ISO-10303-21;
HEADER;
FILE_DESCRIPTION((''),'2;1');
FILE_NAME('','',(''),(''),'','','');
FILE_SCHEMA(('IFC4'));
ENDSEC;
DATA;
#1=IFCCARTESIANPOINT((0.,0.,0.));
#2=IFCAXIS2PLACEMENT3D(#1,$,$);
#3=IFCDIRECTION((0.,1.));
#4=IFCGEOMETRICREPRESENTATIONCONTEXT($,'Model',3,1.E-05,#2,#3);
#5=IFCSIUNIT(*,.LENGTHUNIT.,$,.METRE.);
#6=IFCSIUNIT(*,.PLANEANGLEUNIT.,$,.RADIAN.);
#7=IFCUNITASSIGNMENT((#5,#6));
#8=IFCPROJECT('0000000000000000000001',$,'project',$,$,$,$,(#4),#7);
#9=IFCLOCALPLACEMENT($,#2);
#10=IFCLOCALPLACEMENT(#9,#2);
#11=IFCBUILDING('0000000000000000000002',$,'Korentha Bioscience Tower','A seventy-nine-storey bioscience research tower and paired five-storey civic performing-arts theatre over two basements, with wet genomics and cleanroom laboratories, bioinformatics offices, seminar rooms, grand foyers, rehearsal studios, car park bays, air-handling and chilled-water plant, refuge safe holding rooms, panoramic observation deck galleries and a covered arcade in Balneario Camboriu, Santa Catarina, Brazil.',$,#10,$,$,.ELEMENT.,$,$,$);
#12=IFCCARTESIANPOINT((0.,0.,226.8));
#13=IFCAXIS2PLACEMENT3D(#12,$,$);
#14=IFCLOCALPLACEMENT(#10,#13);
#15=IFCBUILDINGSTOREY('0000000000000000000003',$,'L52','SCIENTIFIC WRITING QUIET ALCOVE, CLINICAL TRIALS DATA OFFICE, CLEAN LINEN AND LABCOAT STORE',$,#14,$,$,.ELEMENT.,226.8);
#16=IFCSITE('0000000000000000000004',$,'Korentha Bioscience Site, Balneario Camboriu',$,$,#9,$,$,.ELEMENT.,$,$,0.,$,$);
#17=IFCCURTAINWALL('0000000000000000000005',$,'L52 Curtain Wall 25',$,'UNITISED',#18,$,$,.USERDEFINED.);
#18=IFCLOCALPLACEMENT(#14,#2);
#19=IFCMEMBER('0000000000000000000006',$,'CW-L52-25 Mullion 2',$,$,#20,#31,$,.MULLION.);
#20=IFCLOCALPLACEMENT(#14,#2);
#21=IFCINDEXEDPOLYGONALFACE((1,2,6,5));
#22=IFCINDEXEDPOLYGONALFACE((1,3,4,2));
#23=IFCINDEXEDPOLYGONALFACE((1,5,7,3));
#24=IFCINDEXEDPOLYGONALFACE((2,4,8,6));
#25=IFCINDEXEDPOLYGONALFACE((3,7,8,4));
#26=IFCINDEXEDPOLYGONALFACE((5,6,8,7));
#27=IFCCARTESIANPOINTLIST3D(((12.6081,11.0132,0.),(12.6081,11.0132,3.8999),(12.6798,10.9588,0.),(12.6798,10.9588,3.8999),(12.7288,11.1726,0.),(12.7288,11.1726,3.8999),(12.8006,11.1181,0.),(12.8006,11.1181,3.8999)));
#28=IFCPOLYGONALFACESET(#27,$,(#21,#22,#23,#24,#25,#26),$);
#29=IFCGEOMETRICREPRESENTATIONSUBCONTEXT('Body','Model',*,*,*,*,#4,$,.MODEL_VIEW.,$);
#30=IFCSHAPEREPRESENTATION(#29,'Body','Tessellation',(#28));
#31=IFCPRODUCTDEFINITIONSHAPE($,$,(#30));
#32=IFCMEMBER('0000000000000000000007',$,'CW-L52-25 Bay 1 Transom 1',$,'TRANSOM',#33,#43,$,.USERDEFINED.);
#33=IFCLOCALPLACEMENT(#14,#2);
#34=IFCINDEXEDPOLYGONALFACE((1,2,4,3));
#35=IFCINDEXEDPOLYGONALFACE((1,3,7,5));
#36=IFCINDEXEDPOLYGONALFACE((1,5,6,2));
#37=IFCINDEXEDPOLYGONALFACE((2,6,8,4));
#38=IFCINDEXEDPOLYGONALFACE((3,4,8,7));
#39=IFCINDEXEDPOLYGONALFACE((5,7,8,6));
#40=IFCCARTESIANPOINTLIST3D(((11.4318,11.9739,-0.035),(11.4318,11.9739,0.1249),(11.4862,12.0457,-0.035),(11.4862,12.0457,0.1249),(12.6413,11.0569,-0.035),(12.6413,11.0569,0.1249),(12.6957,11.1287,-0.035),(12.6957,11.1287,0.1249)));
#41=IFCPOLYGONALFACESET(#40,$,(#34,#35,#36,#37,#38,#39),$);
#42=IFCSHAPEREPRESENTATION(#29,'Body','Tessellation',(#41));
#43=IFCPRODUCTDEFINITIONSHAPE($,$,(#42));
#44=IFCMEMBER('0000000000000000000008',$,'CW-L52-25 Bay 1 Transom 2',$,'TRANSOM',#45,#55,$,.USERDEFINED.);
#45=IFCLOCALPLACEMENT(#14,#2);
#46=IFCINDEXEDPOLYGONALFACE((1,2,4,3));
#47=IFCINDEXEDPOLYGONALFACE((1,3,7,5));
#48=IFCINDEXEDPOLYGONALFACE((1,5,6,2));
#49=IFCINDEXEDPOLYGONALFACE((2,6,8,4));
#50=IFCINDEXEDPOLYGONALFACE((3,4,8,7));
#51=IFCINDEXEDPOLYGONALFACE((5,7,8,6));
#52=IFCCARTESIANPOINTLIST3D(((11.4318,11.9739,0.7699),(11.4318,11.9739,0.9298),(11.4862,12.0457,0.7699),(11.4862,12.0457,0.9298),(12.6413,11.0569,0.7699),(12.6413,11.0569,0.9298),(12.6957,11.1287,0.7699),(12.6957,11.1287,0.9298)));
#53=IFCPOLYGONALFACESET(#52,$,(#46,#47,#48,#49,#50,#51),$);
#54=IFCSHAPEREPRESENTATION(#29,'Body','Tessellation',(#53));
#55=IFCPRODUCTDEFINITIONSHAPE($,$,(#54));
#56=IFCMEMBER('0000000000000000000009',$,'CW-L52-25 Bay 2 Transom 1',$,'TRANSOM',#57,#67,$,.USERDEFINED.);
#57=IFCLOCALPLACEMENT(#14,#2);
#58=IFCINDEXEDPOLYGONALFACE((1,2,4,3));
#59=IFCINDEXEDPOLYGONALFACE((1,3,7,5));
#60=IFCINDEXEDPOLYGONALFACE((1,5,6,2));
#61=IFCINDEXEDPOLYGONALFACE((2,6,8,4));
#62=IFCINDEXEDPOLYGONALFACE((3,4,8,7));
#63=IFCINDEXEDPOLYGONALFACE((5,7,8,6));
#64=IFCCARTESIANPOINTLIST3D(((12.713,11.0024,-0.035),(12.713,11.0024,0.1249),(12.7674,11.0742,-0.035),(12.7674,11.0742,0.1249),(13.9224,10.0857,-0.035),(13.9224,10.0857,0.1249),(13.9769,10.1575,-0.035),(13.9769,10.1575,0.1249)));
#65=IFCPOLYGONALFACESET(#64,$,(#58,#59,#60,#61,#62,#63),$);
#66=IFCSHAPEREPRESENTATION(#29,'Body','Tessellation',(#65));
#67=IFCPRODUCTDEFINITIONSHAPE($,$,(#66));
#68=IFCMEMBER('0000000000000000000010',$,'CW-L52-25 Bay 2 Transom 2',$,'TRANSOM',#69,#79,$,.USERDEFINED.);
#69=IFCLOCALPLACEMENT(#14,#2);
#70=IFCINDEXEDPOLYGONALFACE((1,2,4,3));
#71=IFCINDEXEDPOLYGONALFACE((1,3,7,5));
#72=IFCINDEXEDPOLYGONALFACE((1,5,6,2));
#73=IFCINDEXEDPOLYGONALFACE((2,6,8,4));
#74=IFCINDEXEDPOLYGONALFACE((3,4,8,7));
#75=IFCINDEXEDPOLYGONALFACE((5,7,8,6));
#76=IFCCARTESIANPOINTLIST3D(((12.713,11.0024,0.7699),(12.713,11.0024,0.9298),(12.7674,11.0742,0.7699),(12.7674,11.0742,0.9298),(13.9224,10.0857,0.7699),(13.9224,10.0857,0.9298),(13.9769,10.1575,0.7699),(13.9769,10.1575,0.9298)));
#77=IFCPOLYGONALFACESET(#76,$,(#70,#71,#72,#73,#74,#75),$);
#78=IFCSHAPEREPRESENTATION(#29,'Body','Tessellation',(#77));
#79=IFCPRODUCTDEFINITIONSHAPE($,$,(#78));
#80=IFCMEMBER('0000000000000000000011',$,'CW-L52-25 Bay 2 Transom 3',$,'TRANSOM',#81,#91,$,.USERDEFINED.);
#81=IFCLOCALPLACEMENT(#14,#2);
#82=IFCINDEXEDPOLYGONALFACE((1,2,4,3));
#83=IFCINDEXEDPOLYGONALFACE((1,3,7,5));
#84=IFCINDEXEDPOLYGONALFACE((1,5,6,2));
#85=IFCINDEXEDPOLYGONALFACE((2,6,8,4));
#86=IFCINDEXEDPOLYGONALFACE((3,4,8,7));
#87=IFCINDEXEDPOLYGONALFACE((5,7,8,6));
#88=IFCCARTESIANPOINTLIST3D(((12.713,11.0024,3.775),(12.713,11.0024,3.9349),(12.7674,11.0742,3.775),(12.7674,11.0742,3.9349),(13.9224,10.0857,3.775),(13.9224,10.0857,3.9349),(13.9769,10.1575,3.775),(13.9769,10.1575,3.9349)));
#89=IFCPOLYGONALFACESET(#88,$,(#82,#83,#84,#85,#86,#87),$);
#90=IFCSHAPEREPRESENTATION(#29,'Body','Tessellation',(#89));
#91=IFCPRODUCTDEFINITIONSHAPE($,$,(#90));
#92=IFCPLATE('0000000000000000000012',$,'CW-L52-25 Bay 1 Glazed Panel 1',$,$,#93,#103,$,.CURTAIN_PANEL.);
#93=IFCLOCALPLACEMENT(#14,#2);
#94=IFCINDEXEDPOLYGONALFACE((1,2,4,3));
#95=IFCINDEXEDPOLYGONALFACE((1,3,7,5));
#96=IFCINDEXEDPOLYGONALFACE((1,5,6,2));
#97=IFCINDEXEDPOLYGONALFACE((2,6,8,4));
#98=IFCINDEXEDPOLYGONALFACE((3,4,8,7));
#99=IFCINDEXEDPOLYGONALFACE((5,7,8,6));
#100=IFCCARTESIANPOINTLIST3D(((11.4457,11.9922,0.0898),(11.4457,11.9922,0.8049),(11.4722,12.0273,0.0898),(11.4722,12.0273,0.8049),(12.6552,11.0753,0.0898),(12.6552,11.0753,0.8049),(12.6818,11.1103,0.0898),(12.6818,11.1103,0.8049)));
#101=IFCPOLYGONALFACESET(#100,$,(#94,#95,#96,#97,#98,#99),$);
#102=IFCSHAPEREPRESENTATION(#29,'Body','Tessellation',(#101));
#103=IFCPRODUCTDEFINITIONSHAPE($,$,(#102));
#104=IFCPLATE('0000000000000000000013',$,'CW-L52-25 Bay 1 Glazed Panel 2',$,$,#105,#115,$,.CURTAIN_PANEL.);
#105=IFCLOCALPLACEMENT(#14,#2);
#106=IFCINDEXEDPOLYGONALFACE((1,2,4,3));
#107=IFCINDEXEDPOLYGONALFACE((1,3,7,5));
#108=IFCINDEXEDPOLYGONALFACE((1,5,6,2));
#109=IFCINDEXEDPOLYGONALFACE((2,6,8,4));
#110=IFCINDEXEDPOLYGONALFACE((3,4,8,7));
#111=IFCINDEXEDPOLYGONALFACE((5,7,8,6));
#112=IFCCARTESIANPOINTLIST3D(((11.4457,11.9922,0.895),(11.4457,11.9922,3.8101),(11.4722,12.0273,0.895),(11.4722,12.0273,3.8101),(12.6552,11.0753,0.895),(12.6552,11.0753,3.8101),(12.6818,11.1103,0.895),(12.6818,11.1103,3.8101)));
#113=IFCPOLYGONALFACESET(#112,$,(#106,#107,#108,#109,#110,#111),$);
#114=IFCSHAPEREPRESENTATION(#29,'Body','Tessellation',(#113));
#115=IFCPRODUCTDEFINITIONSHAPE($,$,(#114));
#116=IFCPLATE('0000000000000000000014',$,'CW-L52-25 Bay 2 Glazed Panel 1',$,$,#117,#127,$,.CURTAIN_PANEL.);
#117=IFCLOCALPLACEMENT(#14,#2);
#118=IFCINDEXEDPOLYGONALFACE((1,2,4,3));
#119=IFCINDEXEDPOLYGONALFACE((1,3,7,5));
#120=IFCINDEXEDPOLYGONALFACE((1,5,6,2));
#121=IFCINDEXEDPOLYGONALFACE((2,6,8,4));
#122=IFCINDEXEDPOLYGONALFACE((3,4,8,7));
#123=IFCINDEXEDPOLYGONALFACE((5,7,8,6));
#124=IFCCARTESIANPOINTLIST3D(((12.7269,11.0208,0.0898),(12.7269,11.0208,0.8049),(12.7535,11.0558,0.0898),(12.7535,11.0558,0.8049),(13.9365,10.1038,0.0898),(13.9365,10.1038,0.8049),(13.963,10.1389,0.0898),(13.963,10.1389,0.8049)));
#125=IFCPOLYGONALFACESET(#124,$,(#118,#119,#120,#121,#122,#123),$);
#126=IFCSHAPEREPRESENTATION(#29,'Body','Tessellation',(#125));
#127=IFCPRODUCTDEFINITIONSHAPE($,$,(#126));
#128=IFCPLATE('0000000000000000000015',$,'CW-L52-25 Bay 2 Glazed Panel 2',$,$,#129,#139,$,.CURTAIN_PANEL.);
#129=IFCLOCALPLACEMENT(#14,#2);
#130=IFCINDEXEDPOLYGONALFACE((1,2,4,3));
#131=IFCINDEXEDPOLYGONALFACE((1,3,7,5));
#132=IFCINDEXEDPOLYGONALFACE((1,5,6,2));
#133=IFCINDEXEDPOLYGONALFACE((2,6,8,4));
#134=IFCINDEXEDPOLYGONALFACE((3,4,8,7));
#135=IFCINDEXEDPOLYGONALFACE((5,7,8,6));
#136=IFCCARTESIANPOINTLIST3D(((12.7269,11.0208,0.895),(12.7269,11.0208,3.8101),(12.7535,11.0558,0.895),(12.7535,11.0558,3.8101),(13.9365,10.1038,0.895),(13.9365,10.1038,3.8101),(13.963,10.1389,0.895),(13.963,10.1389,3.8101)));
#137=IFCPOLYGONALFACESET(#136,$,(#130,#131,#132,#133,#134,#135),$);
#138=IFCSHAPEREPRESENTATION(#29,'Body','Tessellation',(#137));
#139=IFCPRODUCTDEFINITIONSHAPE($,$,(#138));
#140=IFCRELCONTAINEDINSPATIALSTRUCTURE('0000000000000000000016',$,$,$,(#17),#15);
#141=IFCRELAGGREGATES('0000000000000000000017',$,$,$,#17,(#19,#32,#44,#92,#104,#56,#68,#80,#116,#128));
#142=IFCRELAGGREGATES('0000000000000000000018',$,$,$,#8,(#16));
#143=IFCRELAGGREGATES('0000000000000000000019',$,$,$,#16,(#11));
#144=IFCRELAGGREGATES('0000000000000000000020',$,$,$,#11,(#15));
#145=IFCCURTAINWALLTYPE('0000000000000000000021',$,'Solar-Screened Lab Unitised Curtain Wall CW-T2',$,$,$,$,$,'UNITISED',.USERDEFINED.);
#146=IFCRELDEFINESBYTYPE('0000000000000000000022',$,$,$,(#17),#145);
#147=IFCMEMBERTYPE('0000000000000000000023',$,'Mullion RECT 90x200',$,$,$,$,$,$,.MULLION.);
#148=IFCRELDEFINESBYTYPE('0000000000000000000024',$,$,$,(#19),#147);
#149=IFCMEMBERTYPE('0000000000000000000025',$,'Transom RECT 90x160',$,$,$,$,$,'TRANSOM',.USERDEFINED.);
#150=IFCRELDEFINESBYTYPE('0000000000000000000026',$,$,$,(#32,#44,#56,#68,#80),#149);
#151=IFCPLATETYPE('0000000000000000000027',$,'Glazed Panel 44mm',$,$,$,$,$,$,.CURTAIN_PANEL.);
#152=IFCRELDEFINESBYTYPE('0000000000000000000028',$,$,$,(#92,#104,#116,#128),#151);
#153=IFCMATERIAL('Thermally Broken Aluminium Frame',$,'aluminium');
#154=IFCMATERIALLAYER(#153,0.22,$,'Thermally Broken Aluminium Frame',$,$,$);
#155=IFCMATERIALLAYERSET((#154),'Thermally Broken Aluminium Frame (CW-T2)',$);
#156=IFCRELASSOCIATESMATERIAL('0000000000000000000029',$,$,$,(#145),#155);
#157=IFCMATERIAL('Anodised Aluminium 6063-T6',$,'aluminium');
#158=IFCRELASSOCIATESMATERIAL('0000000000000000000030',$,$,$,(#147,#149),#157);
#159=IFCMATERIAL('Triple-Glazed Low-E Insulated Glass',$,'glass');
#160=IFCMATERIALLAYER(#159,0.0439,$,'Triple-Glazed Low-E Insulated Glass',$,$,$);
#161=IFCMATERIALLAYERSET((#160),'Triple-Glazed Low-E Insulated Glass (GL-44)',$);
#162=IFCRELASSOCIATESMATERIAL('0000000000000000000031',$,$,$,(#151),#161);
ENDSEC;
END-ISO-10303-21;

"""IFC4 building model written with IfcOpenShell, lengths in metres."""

from ifc_helpers import new_model, si_unit, direction, frame, origin, origin_2d, place, context, subcontext, project, spatial, rectangle, extrude, material, layer, layer_set, material_profile, profile_set, type_object, element, aggregate, save


model = new_model("IFC4")

# Units and contexts
model_context = context("Model", 3, precision=1e-05, world=origin(), true_north=direction((0.0, 1.0)))
body_context = subcontext(model_context, "Body", "Model", "MODEL_VIEW")
ifc_project = project(units=[si_unit("LENGTHUNIT", "METRE"), si_unit("PLANEANGLEUNIT", "RADIAN")], contexts=[model_context])

# Site, building, storey
site_placement = place(None, origin())
site = spatial("IfcSite", under=ifc_project, at=site_placement, Name="Korentha Bioscience Site, Balneario Camboriu", CompositionType="ELEMENT", RefElevation=0.0)
building_placement = place(site_placement, origin())
building = spatial("IfcBuilding", under=site, at=building_placement, Name="Korentha Bioscience Tower", Description="A seventy-nine-storey bioscience research tower and paired five-storey civic performing-arts theatre over two basements, with wet genomics and cleanroom laboratories, bioinformatics offices, seminar rooms, grand foyers, rehearsal studios, car park bays, air-handling and chilled-water plant, refuge safe holding rooms, panoramic observation deck galleries and a covered arcade in Balneario Camboriu, Santa Catarina, Brazil.", CompositionType="ELEMENT")
storey_placement = place(building_placement, frame((0.0, 0.0, 226.8)))
storey = spatial("IfcBuildingStorey", under=building, at=storey_placement, Name="L52", Description="SCIENTIFIC WRITING QUIET ALCOVE, CLINICAL TRIALS DATA OFFICE, CLEAN LINEN AND LABCOAT STORE", CompositionType="ELEMENT", Elevation=226.8)

# Curtain wall, members, plates
ifc_material_1 = material(Name="Thermally Broken Aluminium Frame", Category="aluminium")
ifc_layer_1 = layer(ifc_material_1, 0.22, Name="Thermally Broken Aluminium Frame")
ifc_layer_set_1 = layer_set([ifc_layer_1], Name="Thermally Broken Aluminium Frame (CW-T2)")
curtain_wall_type = type_object("IfcCurtainWallType", Name="Solar-Screened Lab Unitised Curtain Wall CW-T2", ElementType="UNITISED", PredefinedType="USERDEFINED", material=ifc_layer_set_1)
curtain_wall_placement = place(storey_placement, origin())
curtain_wall = element("IfcCurtainWall", 1, at=curtain_wall_placement, inside=storey, type_object=curtain_wall_type, Name="L52 Curtain Wall 25", ObjectType="UNITISED", PredefinedType="USERDEFINED")
ifc_material_2 = material(Name="Anodised Aluminium 6063-T6", Category="aluminium")
ifc_material_profile_1 = material_profile(ifc_material_2, rectangle(XDim=0.0901, YDim=0.2, at=origin_2d()), Name="Anodised Aluminium 6063-T6")
ifc_profile_set_1 = profile_set([ifc_material_profile_1], Name="Anodised Aluminium 6063-T6 (CW-MUL)")
member_type_1 = type_object("IfcMemberType", Name="Mullion RECT 90x200", PredefinedType="MULLION", material=ifc_profile_set_1)
member_1_placement = place(storey_placement, frame((12.7043, 11.0657, 0.0), z_axis=(0.0, 0.0, 1.0), x_axis=(0.796889, -0.604126, 0.0)))
member_1 = element("IfcMember", 2, at=member_1_placement, type_object=member_type_1, Name="CW-L52-25 Mullion 2", PredefinedType="MULLION", context=body_context, shape_type="SweptSolid", body=[
    extrude(rectangle(XDim=0.0901, YDim=0.2, at=origin_2d()), origin(), (0.0, 0.0, 1.0), 3.8999),
])
ifc_material_profile_2 = material_profile(ifc_material_2, rectangle(XDim=0.0901, YDim=0.1599, at=origin_2d()), Name="Anodised Aluminium 6063-T6")
ifc_profile_set_2 = profile_set([ifc_material_profile_2], Name="Anodised Aluminium 6063-T6 (CW-TRN)")
member_type_2 = type_object("IfcMemberType", Name="Transom RECT 90x160", ElementType="TRANSOM", PredefinedType="USERDEFINED", material=ifc_profile_set_2)
member_2_placement = place(storey_placement, frame((11.459, 12.0098, 0.0449), z_axis=(0.796862, -0.604161, 0.0), x_axis=(0.604161, 0.796862, 0.0)))
member_2 = element("IfcMember", 3, at=member_2_placement, type_object=member_type_2, Name="CW-L52-25 Bay 1 Transom 1", ObjectType="TRANSOM", PredefinedType="USERDEFINED", context=body_context, shape_type="SweptSolid", body=[
    extrude(rectangle(XDim=0.0901, YDim=0.1599, at=origin_2d()), origin(), (0.0, 0.0, 1.0), 1.5178),
])
member_3_placement = place(storey_placement, frame((11.459, 12.0098, 0.8499), z_axis=(0.796862, -0.604161, 0.0), x_axis=(0.604161, 0.796862, 0.0)))
member_3 = element("IfcMember", 4, at=member_3_placement, type_object=member_type_2, Name="CW-L52-25 Bay 1 Transom 2", ObjectType="TRANSOM", PredefinedType="USERDEFINED", context=body_context, shape_type="SweptSolid", body=[
    extrude(rectangle(XDim=0.0901, YDim=0.1599, at=origin_2d()), origin(), (0.0, 0.0, 1.0), 1.5178),
])
member_4_placement = place(storey_placement, frame((12.7402, 11.0383, 0.0449), z_axis=(0.79694, -0.604059, 0.0), x_axis=(0.604059, 0.79694, 0.0)))
member_4 = element("IfcMember", 5, at=member_4_placement, type_object=member_type_2, Name="CW-L52-25 Bay 2 Transom 1", ObjectType="TRANSOM", PredefinedType="USERDEFINED", context=body_context, shape_type="SweptSolid", body=[
    extrude(rectangle(XDim=0.0901, YDim=0.1599, at=origin_2d()), origin(), (0.0, 0.0, 1.0), 1.5176),
])
member_5_placement = place(storey_placement, frame((12.7402, 11.0383, 0.8499), z_axis=(0.79694, -0.604059, 0.0), x_axis=(0.604059, 0.79694, 0.0)))
member_5 = element("IfcMember", 6, at=member_5_placement, type_object=member_type_2, Name="CW-L52-25 Bay 2 Transom 2", ObjectType="TRANSOM", PredefinedType="USERDEFINED", context=body_context, shape_type="SweptSolid", body=[
    extrude(rectangle(XDim=0.0901, YDim=0.1599, at=origin_2d()), origin(), (0.0, 0.0, 1.0), 1.5176),
])
member_6_placement = place(storey_placement, frame((12.7402, 11.0383, 3.855), z_axis=(0.79694, -0.604059, 0.0), x_axis=(0.604059, 0.79694, 0.0)))
member_6 = element("IfcMember", 7, at=member_6_placement, type_object=member_type_2, Name="CW-L52-25 Bay 2 Transom 3", ObjectType="TRANSOM", PredefinedType="USERDEFINED", context=body_context, shape_type="SweptSolid", body=[
    extrude(rectangle(XDim=0.0901, YDim=0.1599, at=origin_2d()), origin(), (0.0, 0.0, 1.0), 1.5176),
])
ifc_material_3 = material(Name="Triple-Glazed Low-E Insulated Glass", Category="glass")
ifc_layer_2 = layer(ifc_material_3, 0.0439, Name="Triple-Glazed Low-E Insulated Glass")
ifc_layer_set_2 = layer_set([ifc_layer_2], Name="Triple-Glazed Low-E Insulated Glass (GL-44)")
plate_type = type_object("IfcPlateType", Name="Glazed Panel 44mm", PredefinedType="CURTAIN_PANEL", material=ifc_layer_set_2)
plate_1_placement = place(storey_placement, frame((12.0637, 11.5513, 0.0898), z_axis=(0.0, 0.0, 1.0), x_axis=(0.796889, -0.604126, 0.0)))
plate_1 = element("IfcPlate", 8, at=plate_1_placement, type_object=plate_type, Name="CW-L52-25 Bay 1 Glazed Panel 1", PredefinedType="CURTAIN_PANEL", context=body_context, shape_type="SweptSolid", body=[
    extrude(rectangle(XDim=1.5178, YDim=0.0439, at=origin_2d()), origin(), (0.0, 0.0, 1.0), 0.7151),
])
plate_2_placement = place(storey_placement, frame((12.0637, 11.5513, 0.895), z_axis=(0.0, 0.0, 1.0), x_axis=(0.796889, -0.604126, 0.0)))
plate_2 = element("IfcPlate", 9, at=plate_2_placement, type_object=plate_type, Name="CW-L52-25 Bay 1 Glazed Panel 2", PredefinedType="CURTAIN_PANEL", context=body_context, shape_type="SweptSolid", body=[
    extrude(rectangle(XDim=1.5178, YDim=0.0439, at=origin_2d()), origin(), (0.0, 0.0, 1.0), 2.915),
])
plate_3_placement = place(storey_placement, frame((13.345, 10.5798, 0.0898), z_axis=(0.0, 0.0, 1.0), x_axis=(0.796889, -0.604126, 0.0)))
plate_3 = element("IfcPlate", 10, at=plate_3_placement, type_object=plate_type, Name="CW-L52-25 Bay 2 Glazed Panel 1", PredefinedType="CURTAIN_PANEL", context=body_context, shape_type="SweptSolid", body=[
    extrude(rectangle(XDim=1.5178, YDim=0.0439, at=origin_2d()), origin(), (0.0, 0.0, 1.0), 0.7151),
])
plate_4_placement = place(storey_placement, frame((13.345, 10.5798, 0.895), z_axis=(0.0, 0.0, 1.0), x_axis=(0.796889, -0.604126, 0.0)))
plate_4 = element("IfcPlate", 11, at=plate_4_placement, type_object=plate_type, Name="CW-L52-25 Bay 2 Glazed Panel 2", PredefinedType="CURTAIN_PANEL", context=body_context, shape_type="SweptSolid", body=[
    extrude(rectangle(XDim=1.5178, YDim=0.0439, at=origin_2d()), origin(), (0.0, 0.0, 1.0), 2.915),
])
aggregate(curtain_wall, [member_1, member_2, member_3, plate_1, plate_2, member_4, member_5, member_6, plate_3, plate_4])

save(model, "model.ifc")
